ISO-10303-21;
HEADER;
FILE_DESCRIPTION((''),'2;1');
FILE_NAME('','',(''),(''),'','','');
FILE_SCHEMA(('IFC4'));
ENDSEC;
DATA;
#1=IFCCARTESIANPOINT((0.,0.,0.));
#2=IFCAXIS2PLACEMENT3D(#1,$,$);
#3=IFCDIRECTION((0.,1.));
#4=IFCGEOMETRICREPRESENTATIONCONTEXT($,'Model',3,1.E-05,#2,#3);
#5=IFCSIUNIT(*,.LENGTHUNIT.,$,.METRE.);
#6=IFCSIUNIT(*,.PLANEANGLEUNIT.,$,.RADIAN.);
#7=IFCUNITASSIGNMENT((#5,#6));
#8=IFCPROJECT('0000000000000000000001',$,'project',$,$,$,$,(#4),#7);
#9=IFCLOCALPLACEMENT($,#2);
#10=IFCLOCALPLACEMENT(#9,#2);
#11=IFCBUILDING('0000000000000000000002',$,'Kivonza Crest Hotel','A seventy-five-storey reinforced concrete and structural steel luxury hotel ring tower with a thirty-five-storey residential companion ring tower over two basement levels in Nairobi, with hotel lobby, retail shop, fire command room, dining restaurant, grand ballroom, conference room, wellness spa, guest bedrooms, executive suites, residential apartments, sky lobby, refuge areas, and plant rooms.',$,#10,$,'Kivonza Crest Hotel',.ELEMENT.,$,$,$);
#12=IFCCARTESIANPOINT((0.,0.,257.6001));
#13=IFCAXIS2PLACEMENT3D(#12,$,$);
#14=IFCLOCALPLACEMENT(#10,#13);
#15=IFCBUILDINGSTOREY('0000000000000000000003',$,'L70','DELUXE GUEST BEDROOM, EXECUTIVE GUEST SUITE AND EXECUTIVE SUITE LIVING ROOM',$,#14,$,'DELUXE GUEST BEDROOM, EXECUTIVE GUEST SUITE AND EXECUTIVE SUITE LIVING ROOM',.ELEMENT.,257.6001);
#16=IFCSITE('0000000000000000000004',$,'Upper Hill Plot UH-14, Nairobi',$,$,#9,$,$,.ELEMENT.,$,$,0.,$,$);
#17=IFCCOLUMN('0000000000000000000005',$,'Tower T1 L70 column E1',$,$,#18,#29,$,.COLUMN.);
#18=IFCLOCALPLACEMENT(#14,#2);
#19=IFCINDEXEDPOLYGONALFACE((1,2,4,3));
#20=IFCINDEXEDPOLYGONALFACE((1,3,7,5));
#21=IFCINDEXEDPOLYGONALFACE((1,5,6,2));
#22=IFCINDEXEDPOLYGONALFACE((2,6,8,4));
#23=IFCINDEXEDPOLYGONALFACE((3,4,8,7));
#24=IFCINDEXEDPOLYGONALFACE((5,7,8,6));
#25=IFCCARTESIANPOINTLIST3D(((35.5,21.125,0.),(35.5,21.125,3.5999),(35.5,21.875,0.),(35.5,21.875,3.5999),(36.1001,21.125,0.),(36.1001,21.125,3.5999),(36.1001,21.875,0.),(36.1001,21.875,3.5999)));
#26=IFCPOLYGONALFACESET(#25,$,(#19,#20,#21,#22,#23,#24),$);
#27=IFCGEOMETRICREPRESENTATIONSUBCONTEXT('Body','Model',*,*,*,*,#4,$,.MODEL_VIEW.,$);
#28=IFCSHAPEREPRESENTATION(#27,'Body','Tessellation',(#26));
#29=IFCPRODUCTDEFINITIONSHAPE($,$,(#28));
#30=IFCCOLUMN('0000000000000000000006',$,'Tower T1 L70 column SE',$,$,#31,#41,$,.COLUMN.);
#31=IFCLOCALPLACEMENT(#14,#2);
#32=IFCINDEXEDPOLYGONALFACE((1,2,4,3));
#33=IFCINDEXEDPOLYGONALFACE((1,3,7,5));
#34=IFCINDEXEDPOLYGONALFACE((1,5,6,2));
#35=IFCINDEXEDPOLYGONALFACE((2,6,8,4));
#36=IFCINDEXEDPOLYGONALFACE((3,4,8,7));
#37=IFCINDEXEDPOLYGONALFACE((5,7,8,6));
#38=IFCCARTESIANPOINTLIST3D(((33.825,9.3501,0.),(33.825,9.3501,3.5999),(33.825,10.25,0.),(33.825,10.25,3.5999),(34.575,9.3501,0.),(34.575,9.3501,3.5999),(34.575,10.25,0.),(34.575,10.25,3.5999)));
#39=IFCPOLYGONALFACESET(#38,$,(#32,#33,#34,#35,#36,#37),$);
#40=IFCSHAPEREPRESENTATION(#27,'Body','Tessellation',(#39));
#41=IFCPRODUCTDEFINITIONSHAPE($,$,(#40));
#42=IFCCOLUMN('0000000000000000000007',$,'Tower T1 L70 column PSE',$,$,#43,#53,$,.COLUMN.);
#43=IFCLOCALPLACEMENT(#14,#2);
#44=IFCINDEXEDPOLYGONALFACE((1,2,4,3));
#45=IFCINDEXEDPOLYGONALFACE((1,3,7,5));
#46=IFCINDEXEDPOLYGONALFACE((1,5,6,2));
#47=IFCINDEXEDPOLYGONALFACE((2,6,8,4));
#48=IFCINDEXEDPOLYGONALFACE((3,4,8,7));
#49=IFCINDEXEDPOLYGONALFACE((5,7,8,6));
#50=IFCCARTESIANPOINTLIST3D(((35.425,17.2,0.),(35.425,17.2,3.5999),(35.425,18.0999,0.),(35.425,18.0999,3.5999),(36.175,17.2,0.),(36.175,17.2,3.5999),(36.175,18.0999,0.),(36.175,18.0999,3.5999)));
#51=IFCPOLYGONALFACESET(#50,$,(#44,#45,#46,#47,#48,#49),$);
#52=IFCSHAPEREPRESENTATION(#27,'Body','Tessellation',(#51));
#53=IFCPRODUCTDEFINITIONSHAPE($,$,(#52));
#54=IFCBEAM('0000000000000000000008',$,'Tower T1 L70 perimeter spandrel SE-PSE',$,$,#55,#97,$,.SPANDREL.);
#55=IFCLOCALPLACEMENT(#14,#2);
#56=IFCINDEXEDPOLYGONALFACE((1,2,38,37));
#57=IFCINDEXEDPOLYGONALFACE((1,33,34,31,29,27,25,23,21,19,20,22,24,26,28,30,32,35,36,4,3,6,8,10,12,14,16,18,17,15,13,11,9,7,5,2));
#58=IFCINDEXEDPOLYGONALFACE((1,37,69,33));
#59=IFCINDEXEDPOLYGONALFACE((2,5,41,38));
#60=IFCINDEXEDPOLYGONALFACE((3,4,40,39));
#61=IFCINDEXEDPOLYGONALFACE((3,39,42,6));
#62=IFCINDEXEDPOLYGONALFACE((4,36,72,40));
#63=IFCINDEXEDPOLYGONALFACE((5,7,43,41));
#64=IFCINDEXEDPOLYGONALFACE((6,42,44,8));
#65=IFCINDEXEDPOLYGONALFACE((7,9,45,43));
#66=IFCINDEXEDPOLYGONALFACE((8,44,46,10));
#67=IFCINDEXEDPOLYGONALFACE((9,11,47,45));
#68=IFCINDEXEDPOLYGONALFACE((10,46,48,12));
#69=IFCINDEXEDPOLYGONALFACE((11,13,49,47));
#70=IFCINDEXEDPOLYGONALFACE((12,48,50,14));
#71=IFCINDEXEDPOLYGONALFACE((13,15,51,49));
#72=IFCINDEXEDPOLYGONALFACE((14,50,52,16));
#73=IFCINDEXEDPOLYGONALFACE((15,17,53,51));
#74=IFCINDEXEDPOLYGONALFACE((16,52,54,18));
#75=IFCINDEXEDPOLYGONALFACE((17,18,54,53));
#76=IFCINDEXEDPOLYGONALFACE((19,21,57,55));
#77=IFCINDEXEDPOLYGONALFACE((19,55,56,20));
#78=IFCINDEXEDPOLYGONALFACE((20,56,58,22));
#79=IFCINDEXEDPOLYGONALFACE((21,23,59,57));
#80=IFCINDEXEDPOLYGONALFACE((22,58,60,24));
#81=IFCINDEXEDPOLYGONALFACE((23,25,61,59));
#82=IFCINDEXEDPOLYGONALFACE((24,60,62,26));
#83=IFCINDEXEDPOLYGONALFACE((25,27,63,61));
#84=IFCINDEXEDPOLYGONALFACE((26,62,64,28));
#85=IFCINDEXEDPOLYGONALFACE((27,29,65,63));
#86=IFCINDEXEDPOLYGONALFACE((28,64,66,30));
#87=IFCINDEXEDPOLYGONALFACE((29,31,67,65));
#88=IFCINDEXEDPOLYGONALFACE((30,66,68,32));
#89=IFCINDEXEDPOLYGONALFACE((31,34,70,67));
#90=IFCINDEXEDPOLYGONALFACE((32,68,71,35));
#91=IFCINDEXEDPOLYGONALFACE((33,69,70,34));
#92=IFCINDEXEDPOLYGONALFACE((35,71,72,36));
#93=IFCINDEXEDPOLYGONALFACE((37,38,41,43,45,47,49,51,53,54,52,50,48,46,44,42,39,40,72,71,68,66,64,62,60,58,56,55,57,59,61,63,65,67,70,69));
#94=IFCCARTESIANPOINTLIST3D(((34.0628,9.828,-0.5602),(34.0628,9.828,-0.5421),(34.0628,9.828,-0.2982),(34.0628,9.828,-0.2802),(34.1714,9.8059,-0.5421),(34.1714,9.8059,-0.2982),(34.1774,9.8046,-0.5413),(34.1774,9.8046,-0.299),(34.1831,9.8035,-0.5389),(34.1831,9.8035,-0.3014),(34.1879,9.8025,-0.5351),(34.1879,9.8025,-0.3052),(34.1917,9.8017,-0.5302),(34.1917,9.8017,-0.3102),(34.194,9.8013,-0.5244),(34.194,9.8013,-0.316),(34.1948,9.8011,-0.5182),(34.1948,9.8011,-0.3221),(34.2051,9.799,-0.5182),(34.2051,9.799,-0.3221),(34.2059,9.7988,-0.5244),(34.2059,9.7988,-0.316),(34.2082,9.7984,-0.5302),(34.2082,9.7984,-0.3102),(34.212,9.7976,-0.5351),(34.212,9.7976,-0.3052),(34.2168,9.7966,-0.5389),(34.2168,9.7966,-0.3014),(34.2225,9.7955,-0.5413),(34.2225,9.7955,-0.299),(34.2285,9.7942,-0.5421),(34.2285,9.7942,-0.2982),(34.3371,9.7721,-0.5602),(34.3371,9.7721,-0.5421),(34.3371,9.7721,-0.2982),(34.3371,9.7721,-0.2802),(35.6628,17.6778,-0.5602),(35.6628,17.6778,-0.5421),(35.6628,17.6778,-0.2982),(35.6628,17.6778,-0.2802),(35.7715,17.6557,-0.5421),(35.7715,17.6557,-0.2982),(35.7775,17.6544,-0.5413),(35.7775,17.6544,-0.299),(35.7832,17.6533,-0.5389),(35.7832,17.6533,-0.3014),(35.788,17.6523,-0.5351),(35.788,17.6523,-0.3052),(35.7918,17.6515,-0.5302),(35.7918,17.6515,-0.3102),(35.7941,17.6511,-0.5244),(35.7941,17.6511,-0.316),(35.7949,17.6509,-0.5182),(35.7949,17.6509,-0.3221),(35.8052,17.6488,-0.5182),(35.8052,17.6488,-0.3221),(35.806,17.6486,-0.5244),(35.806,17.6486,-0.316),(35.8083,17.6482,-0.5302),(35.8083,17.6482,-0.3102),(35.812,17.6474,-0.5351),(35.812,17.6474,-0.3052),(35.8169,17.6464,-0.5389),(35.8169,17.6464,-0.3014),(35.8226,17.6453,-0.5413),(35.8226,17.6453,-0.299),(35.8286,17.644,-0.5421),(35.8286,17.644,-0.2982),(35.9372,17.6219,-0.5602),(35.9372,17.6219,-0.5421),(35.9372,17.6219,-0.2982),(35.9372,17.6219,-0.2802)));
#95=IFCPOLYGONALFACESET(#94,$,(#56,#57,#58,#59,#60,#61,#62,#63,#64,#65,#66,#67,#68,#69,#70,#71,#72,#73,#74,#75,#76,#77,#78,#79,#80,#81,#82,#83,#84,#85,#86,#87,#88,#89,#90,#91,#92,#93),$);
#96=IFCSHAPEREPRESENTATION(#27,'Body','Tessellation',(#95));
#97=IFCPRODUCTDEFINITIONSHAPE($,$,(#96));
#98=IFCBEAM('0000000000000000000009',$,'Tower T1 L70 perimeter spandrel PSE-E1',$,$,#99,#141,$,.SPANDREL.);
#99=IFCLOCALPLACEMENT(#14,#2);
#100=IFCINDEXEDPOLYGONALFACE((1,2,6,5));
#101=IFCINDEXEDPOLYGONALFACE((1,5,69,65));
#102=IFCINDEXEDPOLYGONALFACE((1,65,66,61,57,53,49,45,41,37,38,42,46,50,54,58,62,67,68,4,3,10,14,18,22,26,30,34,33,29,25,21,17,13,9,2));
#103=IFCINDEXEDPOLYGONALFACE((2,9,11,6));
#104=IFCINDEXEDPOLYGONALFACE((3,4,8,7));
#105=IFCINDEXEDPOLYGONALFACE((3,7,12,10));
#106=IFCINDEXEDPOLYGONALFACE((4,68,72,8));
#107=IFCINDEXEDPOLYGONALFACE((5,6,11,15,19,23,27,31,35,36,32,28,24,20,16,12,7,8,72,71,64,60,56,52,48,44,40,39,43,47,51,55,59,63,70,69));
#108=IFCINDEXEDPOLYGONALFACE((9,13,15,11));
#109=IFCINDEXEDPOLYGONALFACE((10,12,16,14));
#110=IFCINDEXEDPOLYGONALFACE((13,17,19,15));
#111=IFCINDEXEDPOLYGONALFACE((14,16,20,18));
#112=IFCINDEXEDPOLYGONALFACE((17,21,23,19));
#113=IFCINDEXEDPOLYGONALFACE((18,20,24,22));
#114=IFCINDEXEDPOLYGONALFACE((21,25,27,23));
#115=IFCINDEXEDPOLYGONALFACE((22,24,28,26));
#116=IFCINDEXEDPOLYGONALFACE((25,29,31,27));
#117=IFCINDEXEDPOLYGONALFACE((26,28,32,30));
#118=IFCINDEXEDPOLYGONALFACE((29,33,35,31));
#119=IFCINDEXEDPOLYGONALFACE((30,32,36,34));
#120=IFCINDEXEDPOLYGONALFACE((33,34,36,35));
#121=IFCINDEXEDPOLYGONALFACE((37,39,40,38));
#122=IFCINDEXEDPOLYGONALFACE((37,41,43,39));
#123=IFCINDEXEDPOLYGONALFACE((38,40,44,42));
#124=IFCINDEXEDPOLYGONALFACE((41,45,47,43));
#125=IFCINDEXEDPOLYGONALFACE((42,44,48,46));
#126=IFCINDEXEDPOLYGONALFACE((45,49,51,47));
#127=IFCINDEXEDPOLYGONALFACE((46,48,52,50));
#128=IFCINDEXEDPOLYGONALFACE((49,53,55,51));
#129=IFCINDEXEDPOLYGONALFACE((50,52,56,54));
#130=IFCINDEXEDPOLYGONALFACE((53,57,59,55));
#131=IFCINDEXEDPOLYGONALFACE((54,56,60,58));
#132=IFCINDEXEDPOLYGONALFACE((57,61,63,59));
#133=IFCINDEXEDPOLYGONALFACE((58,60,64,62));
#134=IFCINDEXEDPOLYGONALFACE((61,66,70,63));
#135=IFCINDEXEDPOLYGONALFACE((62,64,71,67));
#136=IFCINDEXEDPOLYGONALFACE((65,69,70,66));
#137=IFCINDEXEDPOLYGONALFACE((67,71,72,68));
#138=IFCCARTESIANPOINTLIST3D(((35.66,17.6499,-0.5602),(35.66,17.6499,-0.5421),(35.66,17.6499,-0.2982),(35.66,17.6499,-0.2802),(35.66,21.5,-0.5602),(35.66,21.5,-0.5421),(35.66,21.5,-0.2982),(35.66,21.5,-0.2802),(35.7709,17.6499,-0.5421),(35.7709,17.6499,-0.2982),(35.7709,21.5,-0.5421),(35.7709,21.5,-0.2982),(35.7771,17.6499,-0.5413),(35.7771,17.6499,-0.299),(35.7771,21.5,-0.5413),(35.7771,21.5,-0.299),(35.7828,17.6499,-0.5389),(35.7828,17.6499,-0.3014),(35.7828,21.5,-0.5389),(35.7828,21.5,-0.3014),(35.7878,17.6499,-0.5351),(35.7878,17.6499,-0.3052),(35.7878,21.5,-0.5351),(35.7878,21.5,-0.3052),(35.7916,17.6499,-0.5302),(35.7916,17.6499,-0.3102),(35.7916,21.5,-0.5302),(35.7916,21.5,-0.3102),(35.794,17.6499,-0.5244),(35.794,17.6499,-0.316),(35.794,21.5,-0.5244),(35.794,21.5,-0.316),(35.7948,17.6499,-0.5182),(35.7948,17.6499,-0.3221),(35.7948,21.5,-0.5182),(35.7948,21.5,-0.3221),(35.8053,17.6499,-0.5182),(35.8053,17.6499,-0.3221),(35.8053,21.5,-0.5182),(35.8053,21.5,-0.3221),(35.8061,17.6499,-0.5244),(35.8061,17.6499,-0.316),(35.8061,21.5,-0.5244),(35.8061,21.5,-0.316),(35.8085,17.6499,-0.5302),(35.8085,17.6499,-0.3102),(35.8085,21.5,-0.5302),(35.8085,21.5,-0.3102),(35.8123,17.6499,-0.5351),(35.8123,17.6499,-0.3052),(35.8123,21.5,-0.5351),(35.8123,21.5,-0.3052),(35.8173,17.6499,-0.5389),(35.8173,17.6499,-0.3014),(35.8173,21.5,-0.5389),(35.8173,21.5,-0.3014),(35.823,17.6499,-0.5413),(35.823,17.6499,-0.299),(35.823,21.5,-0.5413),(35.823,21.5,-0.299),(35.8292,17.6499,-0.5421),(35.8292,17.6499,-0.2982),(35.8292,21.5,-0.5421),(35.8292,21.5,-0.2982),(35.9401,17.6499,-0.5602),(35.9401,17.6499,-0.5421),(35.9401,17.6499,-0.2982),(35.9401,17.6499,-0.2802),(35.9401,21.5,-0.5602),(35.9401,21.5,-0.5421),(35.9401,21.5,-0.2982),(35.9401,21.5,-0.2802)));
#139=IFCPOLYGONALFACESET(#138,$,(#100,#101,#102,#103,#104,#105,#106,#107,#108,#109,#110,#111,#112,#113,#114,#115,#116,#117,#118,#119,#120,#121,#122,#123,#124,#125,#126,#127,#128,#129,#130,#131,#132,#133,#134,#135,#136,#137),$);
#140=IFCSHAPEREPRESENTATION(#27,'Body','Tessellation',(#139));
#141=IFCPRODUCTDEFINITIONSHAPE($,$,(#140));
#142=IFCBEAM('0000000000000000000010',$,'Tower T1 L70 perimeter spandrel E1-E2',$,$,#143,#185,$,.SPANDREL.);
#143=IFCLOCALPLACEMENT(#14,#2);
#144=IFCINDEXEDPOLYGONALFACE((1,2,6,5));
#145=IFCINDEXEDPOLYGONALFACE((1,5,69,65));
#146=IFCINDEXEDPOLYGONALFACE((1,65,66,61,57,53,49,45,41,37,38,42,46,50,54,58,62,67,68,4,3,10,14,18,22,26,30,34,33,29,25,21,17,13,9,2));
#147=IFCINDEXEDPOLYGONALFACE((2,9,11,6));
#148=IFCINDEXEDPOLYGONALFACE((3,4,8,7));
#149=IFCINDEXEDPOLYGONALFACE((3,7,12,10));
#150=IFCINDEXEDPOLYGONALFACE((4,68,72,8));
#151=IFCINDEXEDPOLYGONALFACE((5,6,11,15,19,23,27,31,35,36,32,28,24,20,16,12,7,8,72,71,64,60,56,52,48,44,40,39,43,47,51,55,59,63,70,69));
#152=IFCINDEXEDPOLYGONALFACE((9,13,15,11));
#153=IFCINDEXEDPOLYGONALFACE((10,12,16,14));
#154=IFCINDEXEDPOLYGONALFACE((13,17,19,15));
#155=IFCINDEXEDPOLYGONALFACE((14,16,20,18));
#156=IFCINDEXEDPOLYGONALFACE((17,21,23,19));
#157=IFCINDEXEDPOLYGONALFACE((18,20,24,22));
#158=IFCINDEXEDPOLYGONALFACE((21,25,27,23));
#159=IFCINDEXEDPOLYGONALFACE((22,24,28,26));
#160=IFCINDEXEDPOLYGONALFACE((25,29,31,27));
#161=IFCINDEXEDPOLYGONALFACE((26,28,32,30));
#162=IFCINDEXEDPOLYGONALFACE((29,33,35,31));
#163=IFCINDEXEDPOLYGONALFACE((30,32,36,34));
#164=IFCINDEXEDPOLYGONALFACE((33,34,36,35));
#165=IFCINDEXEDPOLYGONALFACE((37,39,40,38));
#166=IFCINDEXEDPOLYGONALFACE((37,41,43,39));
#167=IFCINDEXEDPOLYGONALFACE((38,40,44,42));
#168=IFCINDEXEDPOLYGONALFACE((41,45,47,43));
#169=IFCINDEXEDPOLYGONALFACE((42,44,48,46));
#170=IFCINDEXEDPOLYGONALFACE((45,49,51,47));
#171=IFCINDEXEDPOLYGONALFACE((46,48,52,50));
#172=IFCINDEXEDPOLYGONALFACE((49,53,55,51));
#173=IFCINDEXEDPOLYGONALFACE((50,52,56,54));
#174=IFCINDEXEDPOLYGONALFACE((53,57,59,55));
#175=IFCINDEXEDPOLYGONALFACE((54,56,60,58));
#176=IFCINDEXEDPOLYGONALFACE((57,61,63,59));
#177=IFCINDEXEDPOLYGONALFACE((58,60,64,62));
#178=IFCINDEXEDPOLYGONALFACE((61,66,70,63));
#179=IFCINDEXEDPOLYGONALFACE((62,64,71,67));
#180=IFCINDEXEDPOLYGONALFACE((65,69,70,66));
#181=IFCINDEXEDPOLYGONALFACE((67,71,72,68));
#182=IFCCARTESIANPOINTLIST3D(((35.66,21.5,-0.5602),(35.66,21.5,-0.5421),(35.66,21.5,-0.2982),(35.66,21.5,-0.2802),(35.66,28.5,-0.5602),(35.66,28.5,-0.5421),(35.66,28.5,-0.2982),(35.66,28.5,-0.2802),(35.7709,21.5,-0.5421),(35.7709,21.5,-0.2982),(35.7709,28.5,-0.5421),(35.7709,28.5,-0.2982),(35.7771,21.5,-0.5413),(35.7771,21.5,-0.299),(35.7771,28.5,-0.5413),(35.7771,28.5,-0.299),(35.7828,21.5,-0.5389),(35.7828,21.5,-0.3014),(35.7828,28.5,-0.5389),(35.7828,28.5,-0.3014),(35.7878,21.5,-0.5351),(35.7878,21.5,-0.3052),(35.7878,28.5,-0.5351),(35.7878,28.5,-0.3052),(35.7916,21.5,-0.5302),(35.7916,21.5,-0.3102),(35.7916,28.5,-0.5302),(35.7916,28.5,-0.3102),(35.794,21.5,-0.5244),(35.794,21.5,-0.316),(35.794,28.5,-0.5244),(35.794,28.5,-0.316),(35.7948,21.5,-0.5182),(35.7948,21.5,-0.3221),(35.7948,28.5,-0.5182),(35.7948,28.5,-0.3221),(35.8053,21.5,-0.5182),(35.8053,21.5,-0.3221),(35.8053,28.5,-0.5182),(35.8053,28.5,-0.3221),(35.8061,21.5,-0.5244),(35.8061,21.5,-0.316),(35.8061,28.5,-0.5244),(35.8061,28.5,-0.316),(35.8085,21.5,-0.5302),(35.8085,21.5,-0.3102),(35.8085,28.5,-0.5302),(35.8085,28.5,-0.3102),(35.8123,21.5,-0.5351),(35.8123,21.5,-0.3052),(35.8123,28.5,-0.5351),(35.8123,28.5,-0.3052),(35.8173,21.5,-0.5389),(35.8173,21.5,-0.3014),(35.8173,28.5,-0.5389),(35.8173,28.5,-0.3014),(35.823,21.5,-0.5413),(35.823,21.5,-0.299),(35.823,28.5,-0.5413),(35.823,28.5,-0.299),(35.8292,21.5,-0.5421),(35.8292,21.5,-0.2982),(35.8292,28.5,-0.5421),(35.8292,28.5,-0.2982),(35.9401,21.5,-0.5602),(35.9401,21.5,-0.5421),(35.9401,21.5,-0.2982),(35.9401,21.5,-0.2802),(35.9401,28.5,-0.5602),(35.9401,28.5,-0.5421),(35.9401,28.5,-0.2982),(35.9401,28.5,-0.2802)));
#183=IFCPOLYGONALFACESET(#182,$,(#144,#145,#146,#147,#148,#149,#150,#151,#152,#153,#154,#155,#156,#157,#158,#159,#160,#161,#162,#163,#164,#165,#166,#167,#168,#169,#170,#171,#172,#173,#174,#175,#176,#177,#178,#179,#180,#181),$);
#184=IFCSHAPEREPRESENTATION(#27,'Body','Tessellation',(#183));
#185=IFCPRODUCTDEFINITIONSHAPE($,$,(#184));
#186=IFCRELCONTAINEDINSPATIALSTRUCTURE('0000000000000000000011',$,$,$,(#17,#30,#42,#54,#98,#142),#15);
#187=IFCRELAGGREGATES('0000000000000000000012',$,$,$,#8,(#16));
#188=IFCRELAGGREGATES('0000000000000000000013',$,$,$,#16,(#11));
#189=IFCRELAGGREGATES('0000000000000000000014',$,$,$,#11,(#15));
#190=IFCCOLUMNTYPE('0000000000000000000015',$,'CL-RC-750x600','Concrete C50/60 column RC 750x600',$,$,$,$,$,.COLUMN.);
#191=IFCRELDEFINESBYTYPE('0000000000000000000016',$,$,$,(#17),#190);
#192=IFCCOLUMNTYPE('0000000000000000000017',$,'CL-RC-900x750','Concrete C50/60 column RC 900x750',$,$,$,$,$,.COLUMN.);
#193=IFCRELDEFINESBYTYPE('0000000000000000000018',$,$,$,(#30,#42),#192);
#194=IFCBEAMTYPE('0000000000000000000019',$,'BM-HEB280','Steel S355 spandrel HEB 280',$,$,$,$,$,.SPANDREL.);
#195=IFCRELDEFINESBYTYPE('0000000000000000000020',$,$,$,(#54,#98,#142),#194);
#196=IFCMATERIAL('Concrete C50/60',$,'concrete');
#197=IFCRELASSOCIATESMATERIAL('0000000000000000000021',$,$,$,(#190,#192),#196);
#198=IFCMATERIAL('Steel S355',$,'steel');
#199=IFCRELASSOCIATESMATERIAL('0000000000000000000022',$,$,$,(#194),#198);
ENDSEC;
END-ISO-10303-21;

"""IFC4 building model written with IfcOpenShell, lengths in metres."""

from ifc_helpers import new_model, si_unit, direction, frame, origin, origin_2d, place, context, subcontext, project, spatial, rectangle, i_section, extrude, material, material_profile, profile_set, type_object, element, save


model = new_model("IFC4")

# Units and contexts
model_context = context("Model", 3, precision=1e-05, world=origin(), true_north=direction((0.0, 1.0)))
body_context = subcontext(model_context, "Body", "Model", "MODEL_VIEW")
ifc_project = project(units=[si_unit("LENGTHUNIT", "METRE"), si_unit("PLANEANGLEUNIT", "RADIAN")], contexts=[model_context])

# Site, building, storey
site_placement = place(None, origin())
site = spatial("IfcSite", under=ifc_project, at=site_placement, Name="Upper Hill Plot UH-14, Nairobi", CompositionType="ELEMENT", RefElevation=0.0)
building_placement = place(site_placement, origin())
building = spatial("IfcBuilding", under=site, at=building_placement, Name="Kivonza Crest Hotel", Description="A seventy-five-storey reinforced concrete and structural steel luxury hotel ring tower with a thirty-five-storey residential companion ring tower over two basement levels in Nairobi, with hotel lobby, retail shop, fire command room, dining restaurant, grand ballroom, conference room, wellness spa, guest bedrooms, executive suites, residential apartments, sky lobby, refuge areas, and plant rooms.", LongName="Kivonza Crest Hotel", CompositionType="ELEMENT")
storey_placement = place(building_placement, frame((0.0, 0.0, 257.6001)))
storey = spatial("IfcBuildingStorey", under=building, at=storey_placement, Name="L70", Description="DELUXE GUEST BEDROOM, EXECUTIVE GUEST SUITE AND EXECUTIVE SUITE LIVING ROOM", LongName="DELUXE GUEST BEDROOM, EXECUTIVE GUEST SUITE AND EXECUTIVE SUITE LIVING ROOM", CompositionType="ELEMENT", Elevation=257.6001)

# Columns
ifc_material_1 = material(Name="Concrete C50/60", Category="concrete")
ifc_material_profile_1 = material_profile(ifc_material_1, rectangle(XDim=0.6001, YDim=0.75, at=origin_2d()), Name="RC 750x600")
ifc_profile_set_1 = profile_set([ifc_material_profile_1], Name="Concrete C50/60")
column_type_1 = type_object("IfcColumnType", Name="CL-RC-750x600", Description="Concrete C50/60 column RC 750x600", PredefinedType="COLUMN", material=ifc_profile_set_1)
column_placement = place(storey_placement, frame((35.8, 21.5, 0.0), z_axis=(0.0, 0.0, 1.0), x_axis=(1.0, 0.0, 0.0)))
element("IfcColumn", 1, at=column_placement, inside=storey, type_object=column_type_1, Name="Tower T1 L70 column E1", PredefinedType="COLUMN", context=body_context, shape_type="SweptSolid", body=[
    extrude(rectangle(XDim=0.6001, YDim=0.75, at=origin_2d()), origin(), (0.0, 0.0, 1.0), 3.5999),
])
ifc_material_profile_2 = material_profile(ifc_material_1, rectangle(XDim=0.75, YDim=0.8999, at=origin_2d()), Name="RC 900x750")
ifc_profile_set_2 = profile_set([ifc_material_profile_2], Name="Concrete C50/60")
column_type_2 = type_object("IfcColumnType", Name="CL-RC-900x750", Description="Concrete C50/60 column RC 900x750", PredefinedType="COLUMN", material=ifc_profile_set_2)
for number, where, z_axis, x_axis, name in (
    (2, (34.2, 9.8, 0.0), (0.0, 0.0, 1.0), (1.0, 0.0, 0.0), "Tower T1 L70 column SE"),
    (3, (35.8, 17.6499, 0.0), (0.0, 0.0, 1.0), (1.0, 0.0, 0.0), "Tower T1 L70 column PSE"),
):
    element("IfcColumn", number, at=place(storey_placement, frame(where, z_axis=z_axis, x_axis=x_axis)), inside=storey, type_object=column_type_2, Name=name, PredefinedType="COLUMN", context=body_context, shape_type="SweptSolid", body=[
        extrude(rectangle(XDim=0.75, YDim=0.8999, at=origin_2d()), origin(), (0.0, 0.0, 1.0), 3.5999),
    ])

# Beams
ifc_material_2 = material(Name="Steel S355", Category="steel")
ifc_material_profile_3 = material_profile(ifc_material_2, i_section(OverallWidth=0.28, OverallDepth=0.28, WebThickness=0.0105, FlangeThickness=0.0181, FilletRadius=0.0239, at=origin_2d()), Name="HEB 280")
ifc_profile_set_3 = profile_set([ifc_material_profile_3], Name="Steel S355")
beam_type_1 = type_object("IfcBeamType", Name="BM-HEB280", Description="Steel S355 spandrel HEB 280", PredefinedType="SPANDREL", material=ifc_profile_set_3)
beam_1_placement = place(storey_placement, frame((34.2, 9.8, -0.4202), z_axis=(0.199731, 0.979851, 0.0), x_axis=(-0.979851, 0.199731, 0.0)))
element("IfcBeam", 4, at=beam_1_placement, inside=storey, type_object=beam_type_1, Name="Tower T1 L70 perimeter spandrel SE-PSE", PredefinedType="SPANDREL", context=body_context, shape_type="SweptSolid", body=[
    extrude(i_section(OverallWidth=0.28, OverallDepth=0.28, WebThickness=0.0105, FlangeThickness=0.0181, FilletRadius=0.0239, at=origin_2d()), origin(), (0.0, 0.0, 1.0), 8.0112),
])
beam_2_placement = place(storey_placement, frame((35.8, 17.6499, -0.4202), z_axis=(0.0, 1.0, 0.0), x_axis=(-1.0, 0.0, 0.0)))
element("IfcBeam", 5, at=beam_2_placement, inside=storey, type_object=beam_type_1, Name="Tower T1 L70 perimeter spandrel PSE-E1", PredefinedType="SPANDREL", context=body_context, shape_type="SweptSolid", body=[
    extrude(i_section(OverallWidth=0.28, OverallDepth=0.28, WebThickness=0.0105, FlangeThickness=0.0181, FilletRadius=0.0239, at=origin_2d()), origin(), (0.0, 0.0, 1.0), 3.8501),
])
beam_3_placement = place(storey_placement, frame((35.8, 21.5, -0.4202), z_axis=(0.0, 1.0, 0.0), x_axis=(-1.0, 0.0, 0.0)))
element("IfcBeam", 6, at=beam_3_placement, inside=storey, type_object=beam_type_1, Name="Tower T1 L70 perimeter spandrel E1-E2", PredefinedType="SPANDREL", context=body_context, shape_type="SweptSolid", body=[
    extrude(i_section(OverallWidth=0.28, OverallDepth=0.28, WebThickness=0.0105, FlangeThickness=0.0181, FilletRadius=0.0239, at=origin_2d()), origin(), (0.0, 0.0, 1.0), 7.0),
])

save(model, "model.ifc")
